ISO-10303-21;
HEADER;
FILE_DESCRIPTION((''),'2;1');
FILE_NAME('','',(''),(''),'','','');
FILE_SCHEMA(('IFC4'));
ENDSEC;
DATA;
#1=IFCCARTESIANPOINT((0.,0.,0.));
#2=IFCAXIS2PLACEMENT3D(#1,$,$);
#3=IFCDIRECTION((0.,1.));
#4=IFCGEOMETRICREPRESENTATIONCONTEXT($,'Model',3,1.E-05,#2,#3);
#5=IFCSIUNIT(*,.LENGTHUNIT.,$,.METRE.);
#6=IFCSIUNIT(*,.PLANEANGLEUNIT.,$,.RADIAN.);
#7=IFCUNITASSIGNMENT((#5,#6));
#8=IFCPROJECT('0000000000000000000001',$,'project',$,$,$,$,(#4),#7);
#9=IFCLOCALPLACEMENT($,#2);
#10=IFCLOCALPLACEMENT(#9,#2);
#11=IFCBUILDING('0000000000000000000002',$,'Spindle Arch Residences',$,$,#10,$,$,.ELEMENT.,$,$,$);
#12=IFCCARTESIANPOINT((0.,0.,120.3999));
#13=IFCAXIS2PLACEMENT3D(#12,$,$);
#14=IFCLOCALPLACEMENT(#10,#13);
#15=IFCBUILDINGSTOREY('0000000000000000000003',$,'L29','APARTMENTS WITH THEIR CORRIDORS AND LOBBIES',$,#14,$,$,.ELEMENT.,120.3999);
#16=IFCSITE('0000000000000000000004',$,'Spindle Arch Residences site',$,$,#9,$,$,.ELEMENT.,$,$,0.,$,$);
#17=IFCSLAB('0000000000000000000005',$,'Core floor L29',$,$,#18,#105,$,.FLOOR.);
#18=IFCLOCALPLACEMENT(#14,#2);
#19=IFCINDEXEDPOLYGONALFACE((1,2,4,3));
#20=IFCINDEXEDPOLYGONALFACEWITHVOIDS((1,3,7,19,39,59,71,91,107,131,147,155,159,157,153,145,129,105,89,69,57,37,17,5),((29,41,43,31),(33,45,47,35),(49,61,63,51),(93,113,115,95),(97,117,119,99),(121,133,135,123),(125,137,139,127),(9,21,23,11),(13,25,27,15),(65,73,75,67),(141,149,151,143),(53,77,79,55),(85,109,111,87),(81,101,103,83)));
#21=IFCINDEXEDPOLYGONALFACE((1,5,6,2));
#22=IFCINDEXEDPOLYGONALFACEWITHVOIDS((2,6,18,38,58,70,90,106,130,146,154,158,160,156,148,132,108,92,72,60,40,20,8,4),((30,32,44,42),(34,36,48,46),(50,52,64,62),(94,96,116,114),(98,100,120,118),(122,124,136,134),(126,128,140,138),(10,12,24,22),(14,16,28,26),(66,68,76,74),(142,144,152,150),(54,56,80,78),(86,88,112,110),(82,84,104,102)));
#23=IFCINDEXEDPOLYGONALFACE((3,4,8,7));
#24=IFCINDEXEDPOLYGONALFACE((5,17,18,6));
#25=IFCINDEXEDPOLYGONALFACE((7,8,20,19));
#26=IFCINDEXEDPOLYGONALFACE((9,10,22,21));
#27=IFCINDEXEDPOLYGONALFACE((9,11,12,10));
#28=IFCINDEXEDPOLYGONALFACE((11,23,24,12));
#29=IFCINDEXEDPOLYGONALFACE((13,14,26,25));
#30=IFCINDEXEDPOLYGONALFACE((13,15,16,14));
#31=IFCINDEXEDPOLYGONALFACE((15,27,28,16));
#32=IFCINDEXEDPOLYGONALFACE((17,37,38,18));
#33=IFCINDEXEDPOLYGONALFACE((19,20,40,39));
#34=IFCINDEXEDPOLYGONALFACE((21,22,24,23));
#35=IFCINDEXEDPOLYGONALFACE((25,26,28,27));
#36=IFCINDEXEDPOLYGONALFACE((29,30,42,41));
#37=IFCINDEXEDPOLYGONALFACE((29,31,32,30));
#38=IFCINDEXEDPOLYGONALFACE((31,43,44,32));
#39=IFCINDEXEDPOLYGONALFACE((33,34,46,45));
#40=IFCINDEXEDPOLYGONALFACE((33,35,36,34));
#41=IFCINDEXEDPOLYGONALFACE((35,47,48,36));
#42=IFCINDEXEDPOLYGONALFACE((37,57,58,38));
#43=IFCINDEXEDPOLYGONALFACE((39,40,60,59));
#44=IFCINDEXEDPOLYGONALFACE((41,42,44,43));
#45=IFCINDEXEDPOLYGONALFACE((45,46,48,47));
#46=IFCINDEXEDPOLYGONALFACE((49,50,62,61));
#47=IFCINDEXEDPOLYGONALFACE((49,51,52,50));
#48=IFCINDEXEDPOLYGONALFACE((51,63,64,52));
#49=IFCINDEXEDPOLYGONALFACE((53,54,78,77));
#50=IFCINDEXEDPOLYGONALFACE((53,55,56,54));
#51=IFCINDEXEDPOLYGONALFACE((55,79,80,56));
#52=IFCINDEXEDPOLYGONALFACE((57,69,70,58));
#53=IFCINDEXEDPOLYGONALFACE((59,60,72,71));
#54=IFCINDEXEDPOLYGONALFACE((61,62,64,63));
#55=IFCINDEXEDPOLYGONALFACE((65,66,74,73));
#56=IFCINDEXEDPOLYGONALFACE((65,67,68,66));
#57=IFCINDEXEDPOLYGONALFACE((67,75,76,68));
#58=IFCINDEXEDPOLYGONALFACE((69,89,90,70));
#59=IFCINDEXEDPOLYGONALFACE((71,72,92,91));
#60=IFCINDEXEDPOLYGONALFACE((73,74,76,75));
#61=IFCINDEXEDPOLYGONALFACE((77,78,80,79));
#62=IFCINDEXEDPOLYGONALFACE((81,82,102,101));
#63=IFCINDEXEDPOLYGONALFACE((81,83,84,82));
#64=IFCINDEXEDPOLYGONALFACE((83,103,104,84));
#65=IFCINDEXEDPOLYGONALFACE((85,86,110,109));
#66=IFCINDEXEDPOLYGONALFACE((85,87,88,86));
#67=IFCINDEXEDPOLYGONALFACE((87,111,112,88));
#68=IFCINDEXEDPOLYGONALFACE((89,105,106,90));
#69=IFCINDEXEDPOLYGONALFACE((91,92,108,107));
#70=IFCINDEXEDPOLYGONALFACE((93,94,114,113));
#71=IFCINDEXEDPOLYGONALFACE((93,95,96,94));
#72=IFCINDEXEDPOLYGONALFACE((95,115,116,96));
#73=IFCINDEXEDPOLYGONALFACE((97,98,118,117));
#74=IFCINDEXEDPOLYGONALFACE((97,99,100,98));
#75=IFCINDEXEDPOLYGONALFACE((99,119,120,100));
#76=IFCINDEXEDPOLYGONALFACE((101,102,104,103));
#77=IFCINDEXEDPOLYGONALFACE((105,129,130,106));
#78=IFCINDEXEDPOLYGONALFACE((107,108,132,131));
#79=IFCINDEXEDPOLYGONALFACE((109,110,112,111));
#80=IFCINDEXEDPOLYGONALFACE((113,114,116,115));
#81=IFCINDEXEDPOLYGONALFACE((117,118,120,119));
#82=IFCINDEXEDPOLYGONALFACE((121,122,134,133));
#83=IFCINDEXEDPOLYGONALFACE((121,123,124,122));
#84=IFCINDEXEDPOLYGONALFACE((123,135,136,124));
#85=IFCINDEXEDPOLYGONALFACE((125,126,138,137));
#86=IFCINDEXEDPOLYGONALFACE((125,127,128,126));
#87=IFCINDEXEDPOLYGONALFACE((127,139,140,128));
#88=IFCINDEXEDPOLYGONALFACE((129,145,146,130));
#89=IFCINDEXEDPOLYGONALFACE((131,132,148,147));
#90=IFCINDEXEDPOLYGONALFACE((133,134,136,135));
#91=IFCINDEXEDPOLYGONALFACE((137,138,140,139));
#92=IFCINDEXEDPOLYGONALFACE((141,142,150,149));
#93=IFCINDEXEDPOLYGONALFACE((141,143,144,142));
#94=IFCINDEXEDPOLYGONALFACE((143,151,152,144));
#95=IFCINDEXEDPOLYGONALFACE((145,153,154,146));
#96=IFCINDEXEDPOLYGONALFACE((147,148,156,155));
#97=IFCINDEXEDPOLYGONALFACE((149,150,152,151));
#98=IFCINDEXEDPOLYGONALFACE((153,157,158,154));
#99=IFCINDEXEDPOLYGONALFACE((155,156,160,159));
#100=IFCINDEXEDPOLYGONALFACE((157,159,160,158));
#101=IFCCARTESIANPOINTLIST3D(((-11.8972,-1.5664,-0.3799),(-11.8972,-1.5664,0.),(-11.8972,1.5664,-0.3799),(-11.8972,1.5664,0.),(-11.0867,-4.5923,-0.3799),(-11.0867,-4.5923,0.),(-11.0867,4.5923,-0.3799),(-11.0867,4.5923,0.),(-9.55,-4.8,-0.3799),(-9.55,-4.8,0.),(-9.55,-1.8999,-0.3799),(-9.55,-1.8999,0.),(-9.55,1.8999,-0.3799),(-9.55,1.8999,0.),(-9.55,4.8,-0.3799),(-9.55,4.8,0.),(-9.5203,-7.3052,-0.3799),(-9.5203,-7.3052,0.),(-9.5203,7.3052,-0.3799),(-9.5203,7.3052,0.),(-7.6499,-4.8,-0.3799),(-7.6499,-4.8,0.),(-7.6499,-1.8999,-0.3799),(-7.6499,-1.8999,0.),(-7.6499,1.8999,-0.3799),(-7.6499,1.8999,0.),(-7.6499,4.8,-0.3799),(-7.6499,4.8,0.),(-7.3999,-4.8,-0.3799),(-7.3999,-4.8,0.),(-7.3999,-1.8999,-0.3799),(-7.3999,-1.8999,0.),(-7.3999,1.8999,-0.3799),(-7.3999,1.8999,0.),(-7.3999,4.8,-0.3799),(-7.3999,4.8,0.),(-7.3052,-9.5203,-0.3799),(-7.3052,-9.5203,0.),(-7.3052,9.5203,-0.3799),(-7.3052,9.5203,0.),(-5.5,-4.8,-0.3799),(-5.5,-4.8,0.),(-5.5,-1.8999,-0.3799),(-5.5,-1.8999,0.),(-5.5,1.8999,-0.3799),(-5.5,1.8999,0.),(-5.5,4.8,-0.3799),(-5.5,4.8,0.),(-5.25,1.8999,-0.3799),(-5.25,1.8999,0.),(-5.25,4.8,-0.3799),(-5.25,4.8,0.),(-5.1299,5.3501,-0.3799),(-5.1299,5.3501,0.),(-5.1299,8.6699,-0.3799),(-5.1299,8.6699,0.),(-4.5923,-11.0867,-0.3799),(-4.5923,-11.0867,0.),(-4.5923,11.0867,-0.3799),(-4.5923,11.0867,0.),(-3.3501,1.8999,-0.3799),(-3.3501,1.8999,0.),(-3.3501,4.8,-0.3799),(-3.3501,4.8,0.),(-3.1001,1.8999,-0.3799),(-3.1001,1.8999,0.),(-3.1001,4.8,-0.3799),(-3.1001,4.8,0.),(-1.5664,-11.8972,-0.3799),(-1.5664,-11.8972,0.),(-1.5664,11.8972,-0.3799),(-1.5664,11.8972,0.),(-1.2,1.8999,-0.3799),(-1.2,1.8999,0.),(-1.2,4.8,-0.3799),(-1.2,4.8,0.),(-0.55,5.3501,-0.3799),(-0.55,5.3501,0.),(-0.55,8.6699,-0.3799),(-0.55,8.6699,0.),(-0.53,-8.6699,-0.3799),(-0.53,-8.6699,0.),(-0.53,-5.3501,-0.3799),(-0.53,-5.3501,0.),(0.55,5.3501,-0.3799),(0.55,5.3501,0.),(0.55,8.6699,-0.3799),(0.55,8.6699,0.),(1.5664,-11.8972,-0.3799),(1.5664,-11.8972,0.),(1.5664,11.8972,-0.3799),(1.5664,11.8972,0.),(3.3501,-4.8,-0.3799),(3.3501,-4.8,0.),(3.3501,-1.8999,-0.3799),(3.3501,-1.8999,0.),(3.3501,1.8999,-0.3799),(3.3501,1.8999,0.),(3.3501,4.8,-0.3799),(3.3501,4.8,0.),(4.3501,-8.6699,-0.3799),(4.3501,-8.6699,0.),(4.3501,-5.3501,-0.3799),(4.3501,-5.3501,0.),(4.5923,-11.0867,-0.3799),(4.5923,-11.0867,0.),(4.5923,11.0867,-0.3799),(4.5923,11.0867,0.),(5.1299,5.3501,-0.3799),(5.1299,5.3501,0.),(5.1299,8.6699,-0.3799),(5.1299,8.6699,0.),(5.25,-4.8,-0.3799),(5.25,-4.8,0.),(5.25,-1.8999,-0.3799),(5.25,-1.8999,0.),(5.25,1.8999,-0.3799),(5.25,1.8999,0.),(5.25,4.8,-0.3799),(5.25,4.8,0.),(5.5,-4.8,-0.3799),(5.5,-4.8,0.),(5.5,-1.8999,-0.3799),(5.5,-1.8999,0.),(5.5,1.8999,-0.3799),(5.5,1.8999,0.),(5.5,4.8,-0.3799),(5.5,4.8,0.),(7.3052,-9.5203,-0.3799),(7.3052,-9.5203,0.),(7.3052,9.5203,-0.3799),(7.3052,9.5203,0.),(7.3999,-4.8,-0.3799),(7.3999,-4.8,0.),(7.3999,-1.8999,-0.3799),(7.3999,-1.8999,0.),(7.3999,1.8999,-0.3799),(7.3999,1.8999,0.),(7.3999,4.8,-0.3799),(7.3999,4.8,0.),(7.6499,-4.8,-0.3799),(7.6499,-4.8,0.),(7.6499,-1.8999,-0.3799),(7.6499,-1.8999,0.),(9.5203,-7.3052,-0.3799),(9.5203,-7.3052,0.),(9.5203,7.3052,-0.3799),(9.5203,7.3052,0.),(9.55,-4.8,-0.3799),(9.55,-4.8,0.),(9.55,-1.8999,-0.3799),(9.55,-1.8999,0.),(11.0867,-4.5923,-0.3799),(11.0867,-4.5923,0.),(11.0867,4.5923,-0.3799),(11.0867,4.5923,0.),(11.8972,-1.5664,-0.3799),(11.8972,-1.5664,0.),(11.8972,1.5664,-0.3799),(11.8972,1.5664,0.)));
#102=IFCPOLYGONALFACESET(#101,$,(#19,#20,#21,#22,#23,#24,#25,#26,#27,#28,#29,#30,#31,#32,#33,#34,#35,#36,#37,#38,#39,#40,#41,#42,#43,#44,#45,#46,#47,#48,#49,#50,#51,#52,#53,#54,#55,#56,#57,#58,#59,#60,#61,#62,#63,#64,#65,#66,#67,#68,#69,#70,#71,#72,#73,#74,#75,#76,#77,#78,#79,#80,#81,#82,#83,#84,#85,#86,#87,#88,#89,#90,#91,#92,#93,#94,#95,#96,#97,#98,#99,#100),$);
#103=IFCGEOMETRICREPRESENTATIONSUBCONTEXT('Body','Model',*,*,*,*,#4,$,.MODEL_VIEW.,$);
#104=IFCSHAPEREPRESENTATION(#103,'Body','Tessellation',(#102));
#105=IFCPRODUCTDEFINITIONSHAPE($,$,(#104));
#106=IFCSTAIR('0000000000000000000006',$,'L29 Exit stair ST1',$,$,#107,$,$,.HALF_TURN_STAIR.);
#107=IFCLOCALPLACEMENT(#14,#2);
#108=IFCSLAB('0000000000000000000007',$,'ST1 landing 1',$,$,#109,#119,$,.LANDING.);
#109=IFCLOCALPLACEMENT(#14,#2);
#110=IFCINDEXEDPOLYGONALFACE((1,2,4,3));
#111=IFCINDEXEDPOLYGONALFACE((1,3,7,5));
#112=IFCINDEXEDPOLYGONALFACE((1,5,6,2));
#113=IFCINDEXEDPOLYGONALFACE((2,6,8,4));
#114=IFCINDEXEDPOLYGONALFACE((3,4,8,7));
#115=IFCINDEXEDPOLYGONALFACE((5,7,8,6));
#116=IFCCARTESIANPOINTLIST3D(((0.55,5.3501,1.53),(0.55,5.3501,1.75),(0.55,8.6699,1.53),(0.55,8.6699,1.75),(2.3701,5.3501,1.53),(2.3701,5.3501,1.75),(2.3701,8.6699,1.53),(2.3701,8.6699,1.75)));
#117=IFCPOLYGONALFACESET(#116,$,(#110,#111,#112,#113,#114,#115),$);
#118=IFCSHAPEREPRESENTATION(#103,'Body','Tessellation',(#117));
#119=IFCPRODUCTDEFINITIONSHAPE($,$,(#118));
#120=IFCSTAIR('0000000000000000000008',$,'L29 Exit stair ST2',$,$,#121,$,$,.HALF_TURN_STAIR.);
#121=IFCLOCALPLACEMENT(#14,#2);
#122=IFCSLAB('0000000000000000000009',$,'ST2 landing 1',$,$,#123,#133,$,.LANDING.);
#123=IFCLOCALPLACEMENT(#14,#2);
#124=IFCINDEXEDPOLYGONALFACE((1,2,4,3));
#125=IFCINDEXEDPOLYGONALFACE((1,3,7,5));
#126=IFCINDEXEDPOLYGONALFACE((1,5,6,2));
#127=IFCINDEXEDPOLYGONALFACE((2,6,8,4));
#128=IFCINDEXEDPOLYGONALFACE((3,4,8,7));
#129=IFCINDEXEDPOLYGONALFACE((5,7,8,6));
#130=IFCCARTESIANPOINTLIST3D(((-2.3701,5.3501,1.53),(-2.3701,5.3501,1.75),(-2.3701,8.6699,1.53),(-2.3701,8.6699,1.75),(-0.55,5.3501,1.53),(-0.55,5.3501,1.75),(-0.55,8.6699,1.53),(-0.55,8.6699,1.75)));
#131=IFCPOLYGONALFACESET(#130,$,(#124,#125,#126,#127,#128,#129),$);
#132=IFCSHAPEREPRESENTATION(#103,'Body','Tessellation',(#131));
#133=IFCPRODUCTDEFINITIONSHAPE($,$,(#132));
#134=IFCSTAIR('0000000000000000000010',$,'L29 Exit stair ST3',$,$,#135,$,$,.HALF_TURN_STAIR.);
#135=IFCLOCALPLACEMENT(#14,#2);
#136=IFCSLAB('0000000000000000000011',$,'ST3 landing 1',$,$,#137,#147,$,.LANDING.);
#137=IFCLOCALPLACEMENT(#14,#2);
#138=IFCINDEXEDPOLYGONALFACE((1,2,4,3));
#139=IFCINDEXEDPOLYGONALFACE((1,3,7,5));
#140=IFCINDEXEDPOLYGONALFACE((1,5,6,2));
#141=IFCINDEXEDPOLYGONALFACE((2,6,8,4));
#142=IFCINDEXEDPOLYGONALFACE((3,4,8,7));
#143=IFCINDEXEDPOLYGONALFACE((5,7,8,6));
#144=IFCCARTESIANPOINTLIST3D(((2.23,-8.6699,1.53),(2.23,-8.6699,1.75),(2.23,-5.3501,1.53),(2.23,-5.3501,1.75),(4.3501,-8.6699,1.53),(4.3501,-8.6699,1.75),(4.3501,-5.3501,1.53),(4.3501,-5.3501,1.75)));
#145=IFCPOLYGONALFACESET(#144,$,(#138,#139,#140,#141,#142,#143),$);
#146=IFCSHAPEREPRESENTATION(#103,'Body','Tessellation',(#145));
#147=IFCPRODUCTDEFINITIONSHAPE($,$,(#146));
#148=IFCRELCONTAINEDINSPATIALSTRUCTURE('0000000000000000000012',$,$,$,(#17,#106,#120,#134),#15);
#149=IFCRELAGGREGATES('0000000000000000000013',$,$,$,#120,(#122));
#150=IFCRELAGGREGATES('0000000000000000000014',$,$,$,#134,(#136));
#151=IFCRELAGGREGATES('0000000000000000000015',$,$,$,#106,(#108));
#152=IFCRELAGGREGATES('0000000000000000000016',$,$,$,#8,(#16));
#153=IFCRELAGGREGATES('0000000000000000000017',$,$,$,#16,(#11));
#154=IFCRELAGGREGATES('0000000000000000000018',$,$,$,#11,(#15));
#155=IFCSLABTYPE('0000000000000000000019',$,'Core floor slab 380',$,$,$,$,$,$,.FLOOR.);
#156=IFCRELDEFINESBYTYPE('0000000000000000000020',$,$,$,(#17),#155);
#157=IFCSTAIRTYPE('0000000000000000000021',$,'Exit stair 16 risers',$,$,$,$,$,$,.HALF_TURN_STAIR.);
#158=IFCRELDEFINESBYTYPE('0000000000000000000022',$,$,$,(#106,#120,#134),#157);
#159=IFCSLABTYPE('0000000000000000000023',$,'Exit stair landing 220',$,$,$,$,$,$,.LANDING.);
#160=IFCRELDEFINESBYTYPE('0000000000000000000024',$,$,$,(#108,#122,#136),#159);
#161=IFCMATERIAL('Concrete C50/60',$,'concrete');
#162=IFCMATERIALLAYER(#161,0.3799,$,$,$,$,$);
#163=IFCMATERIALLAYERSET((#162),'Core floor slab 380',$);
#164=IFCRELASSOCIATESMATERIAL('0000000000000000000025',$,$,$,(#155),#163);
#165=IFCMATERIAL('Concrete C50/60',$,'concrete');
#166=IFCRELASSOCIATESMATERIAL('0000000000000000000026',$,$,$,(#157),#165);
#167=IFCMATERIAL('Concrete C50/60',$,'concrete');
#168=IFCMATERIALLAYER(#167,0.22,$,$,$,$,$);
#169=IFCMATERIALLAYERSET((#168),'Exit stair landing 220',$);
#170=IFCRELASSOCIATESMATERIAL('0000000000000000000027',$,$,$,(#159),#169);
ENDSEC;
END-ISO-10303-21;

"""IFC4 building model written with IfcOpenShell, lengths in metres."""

from ifc_helpers import new_model, si_unit, direction, frame, origin, place, context, subcontext, project, spatial, polyline, outline, extrude, material, layer, layer_set, type_object, element, aggregate, save


model = new_model("IFC4")

# Units and contexts
model_context = context("Model", 3, precision=1e-05, world=origin(), true_north=direction((0.0, 1.0)))
body_context = subcontext(model_context, "Body", "Model", "MODEL_VIEW")
ifc_project = project(units=[si_unit("LENGTHUNIT", "METRE"), si_unit("PLANEANGLEUNIT", "RADIAN")], contexts=[model_context])

# Site, building, storey
site_placement = place(None, origin())
site = spatial("IfcSite", under=ifc_project, at=site_placement, Name="Spindle Arch Residences site", CompositionType="ELEMENT", RefElevation=0.0)
building_placement = place(site_placement, origin())
building = spatial("IfcBuilding", under=site, at=building_placement, Name="Spindle Arch Residences", CompositionType="ELEMENT")
storey_placement = place(building_placement, frame((0.0, 0.0, 120.3999)))
storey = spatial("IfcBuildingStorey", under=building, at=storey_placement, Name="L29", Description="APARTMENTS WITH THEIR CORRIDORS AND LOBBIES", CompositionType="ELEMENT", Elevation=120.3999)

# Slab
ifc_material_1 = material(Name="Concrete C50/60", Category="concrete")
ifc_layer_1 = layer(ifc_material_1, 0.3799)
ifc_layer_set_1 = layer_set([ifc_layer_1], Name="Core floor slab 380")
slab_type_1 = type_object("IfcSlabType", Name="Core floor slab 380", PredefinedType="FLOOR", material=ifc_layer_set_1)
slab_1_placement = place(storey_placement, frame((0.0, 0.0, -0.3799)))
element("IfcSlab", 1, at=slab_1_placement, inside=storey, type_object=slab_type_1, Name="Core floor L29", PredefinedType="FLOOR", context=body_context, shape_type="SweptSolid", body=[
    extrude(outline(polyline([(1.5664, -11.8972), (4.5923, -11.0867), (7.3052, -9.5203), (9.5203, -7.3052), (11.0867, -4.5923), (11.8972, -1.5664), (11.8972, 1.5664), (11.0867, 4.5923), (9.5203, 7.3052), (7.3052, 9.5203), (4.5923, 11.0867), (1.5664, 11.8972), (-1.5664, 11.8972), (-4.5923, 11.0867), (-7.3052, 9.5203), (-9.5203, 7.3052), (-11.0867, 4.5923), (-11.8972, 1.5664), (-11.8972, -1.5664), (-11.0867, -4.5923), (-9.5203, -7.3052), (-7.3052, -9.5203), (-4.5923, -11.0867), (-1.5664, -11.8972), (1.5664, -11.8972)]), holes=[polyline([(-9.55, 1.8999), (-7.6499, 1.8999), (-7.6499, 4.8), (-9.55, 4.8), (-9.55, 1.8999)]), polyline([(-7.3999, 1.8999), (-5.5, 1.8999), (-5.5, 4.8), (-7.3999, 4.8), (-7.3999, 1.8999)]), polyline([(-5.25, 1.8999), (-3.3501, 1.8999), (-3.3501, 4.8), (-5.25, 4.8), (-5.25, 1.8999)]), polyline([(-3.1001, 1.8999), (-1.2, 1.8999), (-1.2, 4.8), (-3.1001, 4.8), (-3.1001, 1.8999)]), polyline([(3.3501, 1.8999), (5.25, 1.8999), (5.25, 4.8), (3.3501, 4.8), (3.3501, 1.8999)]), polyline([(5.5, 1.8999), (7.3999, 1.8999), (7.3999, 4.8), (5.5, 4.8), (5.5, 1.8999)]), polyline([(-9.55, -4.8), (-7.6499, -4.8), (-7.6499, -1.8999), (-9.55, -1.8999), (-9.55, -4.8)]), polyline([(-7.3999, -4.8), (-5.5, -4.8), (-5.5, -1.8999), (-7.3999, -1.8999), (-7.3999, -4.8)]), polyline([(3.3501, -4.8), (5.25, -4.8), (5.25, -1.8999), (3.3501, -1.8999), (3.3501, -4.8)]), polyline([(5.5, -4.8), (7.3999, -4.8), (7.3999, -1.8999), (5.5, -1.8999), (5.5, -4.8)]), polyline([(7.6499, -4.8), (9.55, -4.8), (9.55, -1.8999), (7.6499, -1.8999), (7.6499, -4.8)]), polyline([(5.1299, 8.6699), (0.55, 8.6699), (0.55, 5.3501), (5.1299, 5.3501), (5.1299, 8.6699)]), polyline([(-5.1299, 5.3501), (-0.55, 5.3501), (-0.55, 8.6699), (-5.1299, 8.6699), (-5.1299, 5.3501)]), polyline([(-0.53, -8.6699), (4.3501, -8.6699), (4.3501, -5.3501), (-0.53, -5.3501), (-0.53, -8.6699)])]), origin(), (0.0, 0.0, 1.0), 0.3799),
])

# Stairs, slabs
ifc_material_2 = material(Name="Concrete C50/60", Category="concrete")
stair_type = type_object("IfcStairType", Name="Exit stair 16 risers", PredefinedType="HALF_TURN_STAIR", material=ifc_material_2)
stair_1_placement = place(storey_placement, origin())
stair_1 = element("IfcStair", 2, at=stair_1_placement, inside=storey, type_object=stair_type, Name="L29 Exit stair ST1", PredefinedType="HALF_TURN_STAIR")
ifc_material_3 = material(Name="Concrete C50/60", Category="concrete")
ifc_layer_2 = layer(ifc_material_3, 0.22)
ifc_layer_set_2 = layer_set([ifc_layer_2], Name="Exit stair landing 220")
slab_type_2 = type_object("IfcSlabType", Name="Exit stair landing 220", PredefinedType="LANDING", material=ifc_layer_set_2)
slab_2_placement = place(storey_placement, frame((0.0, 0.0, 1.53)))
slab_2 = element("IfcSlab", 3, at=slab_2_placement, type_object=slab_type_2, Name="ST1 landing 1", PredefinedType="LANDING", context=body_context, shape_type="SweptSolid", body=[
    extrude(outline(polyline([(2.3701, 8.6699), (0.55, 8.6699), (0.55, 5.3501), (2.3701, 5.3501), (2.3701, 8.6699)])), origin(), (0.0, 0.0, 1.0), 0.22),
])
stair_2_placement = place(storey_placement, origin())
stair_2 = element("IfcStair", 4, at=stair_2_placement, inside=storey, type_object=stair_type, Name="L29 Exit stair ST2", PredefinedType="HALF_TURN_STAIR")
slab_3_placement = place(storey_placement, frame((0.0, 0.0, 1.53)))
slab_3 = element("IfcSlab", 5, at=slab_3_placement, type_object=slab_type_2, Name="ST2 landing 1", PredefinedType="LANDING", context=body_context, shape_type="SweptSolid", body=[
    extrude(outline(polyline([(-2.3701, 5.3501), (-0.55, 5.3501), (-0.55, 8.6699), (-2.3701, 8.6699), (-2.3701, 5.3501)])), origin(), (0.0, 0.0, 1.0), 0.22),
])
aggregate(stair_2, [slab_3])
stair_3_placement = place(storey_placement, origin())
stair_3 = element("IfcStair", 6, at=stair_3_placement, inside=storey, type_object=stair_type, Name="L29 Exit stair ST3", PredefinedType="HALF_TURN_STAIR")
slab_4_placement = place(storey_placement, frame((0.0, 0.0, 1.53)))
slab_4 = element("IfcSlab", 7, at=slab_4_placement, type_object=slab_type_2, Name="ST3 landing 1", PredefinedType="LANDING", context=body_context, shape_type="SweptSolid", body=[
    extrude(outline(polyline([(2.23, -8.6699), (4.3501, -8.6699), (4.3501, -5.3501), (2.23, -5.3501), (2.23, -8.6699)])), origin(), (0.0, 0.0, 1.0), 0.22),
])
aggregate(stair_3, [slab_4])

aggregate(stair_1, [slab_2])

save(model, "model.ifc")
